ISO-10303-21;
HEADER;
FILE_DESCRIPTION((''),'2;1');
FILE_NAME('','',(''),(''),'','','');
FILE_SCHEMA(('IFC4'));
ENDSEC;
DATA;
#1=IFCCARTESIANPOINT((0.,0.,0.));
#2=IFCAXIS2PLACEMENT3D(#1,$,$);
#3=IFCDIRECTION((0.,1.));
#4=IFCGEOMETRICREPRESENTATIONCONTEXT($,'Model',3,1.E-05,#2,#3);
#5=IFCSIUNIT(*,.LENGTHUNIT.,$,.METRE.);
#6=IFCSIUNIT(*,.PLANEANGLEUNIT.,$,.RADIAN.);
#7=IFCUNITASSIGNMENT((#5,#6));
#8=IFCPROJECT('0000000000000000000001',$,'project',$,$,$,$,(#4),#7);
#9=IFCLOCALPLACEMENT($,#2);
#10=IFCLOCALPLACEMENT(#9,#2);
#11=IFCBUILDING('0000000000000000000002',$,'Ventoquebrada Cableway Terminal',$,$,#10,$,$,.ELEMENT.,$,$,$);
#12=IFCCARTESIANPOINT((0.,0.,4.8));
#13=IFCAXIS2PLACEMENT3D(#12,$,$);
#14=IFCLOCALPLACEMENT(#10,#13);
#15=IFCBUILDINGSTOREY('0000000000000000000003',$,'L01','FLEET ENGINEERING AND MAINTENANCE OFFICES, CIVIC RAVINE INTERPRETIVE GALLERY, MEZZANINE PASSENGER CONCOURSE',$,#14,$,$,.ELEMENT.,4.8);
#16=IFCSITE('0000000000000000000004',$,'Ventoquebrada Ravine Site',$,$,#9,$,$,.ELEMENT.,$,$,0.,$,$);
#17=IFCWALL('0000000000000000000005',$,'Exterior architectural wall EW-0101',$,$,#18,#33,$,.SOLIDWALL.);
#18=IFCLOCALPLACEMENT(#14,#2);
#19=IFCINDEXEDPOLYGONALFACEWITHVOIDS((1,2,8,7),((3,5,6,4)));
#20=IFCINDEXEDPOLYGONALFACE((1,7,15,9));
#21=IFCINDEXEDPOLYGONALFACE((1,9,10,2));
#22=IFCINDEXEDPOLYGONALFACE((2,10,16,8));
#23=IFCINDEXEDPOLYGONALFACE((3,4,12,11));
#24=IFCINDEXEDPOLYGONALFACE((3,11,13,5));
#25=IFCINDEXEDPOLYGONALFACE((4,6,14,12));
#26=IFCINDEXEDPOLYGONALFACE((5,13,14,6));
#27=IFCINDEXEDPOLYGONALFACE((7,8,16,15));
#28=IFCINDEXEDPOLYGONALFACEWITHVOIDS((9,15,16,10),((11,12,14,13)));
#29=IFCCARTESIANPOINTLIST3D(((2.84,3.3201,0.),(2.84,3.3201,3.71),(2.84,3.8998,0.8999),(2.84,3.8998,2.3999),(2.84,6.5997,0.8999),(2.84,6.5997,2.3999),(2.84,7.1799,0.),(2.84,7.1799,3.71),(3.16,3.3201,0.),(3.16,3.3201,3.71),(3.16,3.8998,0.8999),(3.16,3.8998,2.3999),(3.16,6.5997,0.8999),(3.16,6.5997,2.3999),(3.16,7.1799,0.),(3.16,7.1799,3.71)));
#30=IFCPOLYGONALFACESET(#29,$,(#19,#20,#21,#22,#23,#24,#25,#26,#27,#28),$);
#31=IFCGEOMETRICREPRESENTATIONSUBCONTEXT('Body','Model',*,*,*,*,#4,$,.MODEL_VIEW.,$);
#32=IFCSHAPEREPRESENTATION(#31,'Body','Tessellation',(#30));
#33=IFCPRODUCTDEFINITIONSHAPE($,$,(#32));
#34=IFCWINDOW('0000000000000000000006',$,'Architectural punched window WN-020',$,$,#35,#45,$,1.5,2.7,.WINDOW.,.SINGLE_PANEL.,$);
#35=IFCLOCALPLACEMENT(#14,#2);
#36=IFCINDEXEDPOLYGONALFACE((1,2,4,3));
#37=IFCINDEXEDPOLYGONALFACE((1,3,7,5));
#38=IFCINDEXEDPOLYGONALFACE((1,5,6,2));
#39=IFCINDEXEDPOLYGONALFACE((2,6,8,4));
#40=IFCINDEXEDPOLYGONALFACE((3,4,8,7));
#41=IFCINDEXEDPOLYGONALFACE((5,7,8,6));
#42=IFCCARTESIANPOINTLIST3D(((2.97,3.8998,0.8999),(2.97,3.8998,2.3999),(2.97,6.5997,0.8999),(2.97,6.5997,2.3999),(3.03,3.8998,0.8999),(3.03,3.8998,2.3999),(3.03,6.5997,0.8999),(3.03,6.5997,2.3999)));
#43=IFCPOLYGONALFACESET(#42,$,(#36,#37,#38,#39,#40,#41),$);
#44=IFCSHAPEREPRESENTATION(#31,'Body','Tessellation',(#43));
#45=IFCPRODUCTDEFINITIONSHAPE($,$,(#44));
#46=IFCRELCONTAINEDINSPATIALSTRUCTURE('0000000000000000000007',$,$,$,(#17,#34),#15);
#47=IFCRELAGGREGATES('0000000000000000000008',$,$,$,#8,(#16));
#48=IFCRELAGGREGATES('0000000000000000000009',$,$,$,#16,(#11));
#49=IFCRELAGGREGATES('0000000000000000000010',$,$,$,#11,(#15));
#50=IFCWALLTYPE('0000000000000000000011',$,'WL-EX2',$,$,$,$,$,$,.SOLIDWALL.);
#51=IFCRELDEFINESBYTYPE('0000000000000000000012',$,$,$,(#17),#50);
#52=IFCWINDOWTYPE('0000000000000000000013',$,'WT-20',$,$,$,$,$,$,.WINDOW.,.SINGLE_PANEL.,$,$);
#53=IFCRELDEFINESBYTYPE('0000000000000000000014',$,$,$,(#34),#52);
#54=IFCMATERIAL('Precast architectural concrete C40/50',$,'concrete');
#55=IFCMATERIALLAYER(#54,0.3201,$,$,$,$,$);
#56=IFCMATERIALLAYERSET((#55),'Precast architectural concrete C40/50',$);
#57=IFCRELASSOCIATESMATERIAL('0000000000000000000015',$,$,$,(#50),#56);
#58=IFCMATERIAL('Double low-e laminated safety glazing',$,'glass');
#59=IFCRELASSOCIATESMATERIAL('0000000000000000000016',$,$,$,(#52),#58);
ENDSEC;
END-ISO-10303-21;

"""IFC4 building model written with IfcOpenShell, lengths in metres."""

from ifc_helpers import new_model, si_unit, direction, frame, frame_2d, origin, place, context, subcontext, project, spatial, rectangle, extrude, material, layer, layer_set, type_object, element, fill, save


model = new_model("IFC4")

# Units and contexts
model_context = context("Model", 3, precision=1e-05, world=origin(), true_north=direction((0.0, 1.0)))
body_context = subcontext(model_context, "Body", "Model", "MODEL_VIEW")
ifc_project = project(units=[si_unit("LENGTHUNIT", "METRE"), si_unit("PLANEANGLEUNIT", "RADIAN")], contexts=[model_context])

# Site, building, storey
site_placement = place(None, origin())
site = spatial("IfcSite", under=ifc_project, at=site_placement, Name="Ventoquebrada Ravine Site", CompositionType="ELEMENT", RefElevation=0.0)
building_placement = place(site_placement, origin())
building = spatial("IfcBuilding", under=site, at=building_placement, Name="Ventoquebrada Cableway Terminal", CompositionType="ELEMENT")
storey_placement = place(building_placement, frame((0.0, 0.0, 4.8)))
storey = spatial("IfcBuildingStorey", under=building, at=storey_placement, Name="L01", Description="FLEET ENGINEERING AND MAINTENANCE OFFICES, CIVIC RAVINE INTERPRETIVE GALLERY, MEZZANINE PASSENGER CONCOURSE", CompositionType="ELEMENT", Elevation=4.8)

# Shared definitions
ifc_material_1 = material(Name="Double low-e laminated safety glazing", Category="glass")

# Wall, opening, window
ifc_material_2 = material(Name="Precast architectural concrete C40/50", Category="concrete")
ifc_layer_1 = layer(ifc_material_2, 0.3201)
ifc_layer_set_1 = layer_set([ifc_layer_1], Name="Precast architectural concrete C40/50")
wall_type = type_object("IfcWallType", Name="WL-EX2", PredefinedType="SOLIDWALL", material=ifc_layer_set_1)
wall_placement = place(storey_placement, frame((3.0, 7.1799, 0.0), z_axis=(0.0, 0.0, 1.0), x_axis=(0.0, -1.0, 0.0)))
wall = element("IfcWall", 1, at=wall_placement, inside=storey, type_object=wall_type, Name="Exterior architectural wall EW-0101", PredefinedType="SOLIDWALL", context=body_context, shape_type="SweptSolid", body=[
    extrude(rectangle(XDim=3.8599, YDim=0.3201, at=frame_2d((1.9299, 0.0))), origin(), (0.0, 0.0, 1.0), 3.71),
])
opening_placement = place(wall_placement, frame((0.5801, 0.0, 0.8999)))
opening = element("IfcOpeningElement", 2, at=opening_placement, cuts=wall, PredefinedType="OPENING", context=body_context, shape_type="SweptSolid", body=[
    extrude(rectangle(XDim=2.7, YDim=1.5, at=frame_2d((1.3501, 0.75))), frame((0.0, 0.1699, 0.0), z_axis=(0.0, -1.0, 0.0), x_axis=(1.0, 0.0, 0.0)), (0.0, 0.0, 1.0), 0.3401),
])
window_type = type_object("IfcWindowType", Name="WT-20", PartitioningType="SINGLE_PANEL", PredefinedType="WINDOW", material=ifc_material_1)
window_placement = place(opening_placement, origin())
window = element("IfcWindow", 3, at=window_placement, inside=storey, type_object=window_type, Name="Architectural punched window WN-020", OverallHeight=1.5, OverallWidth=2.7, PartitioningType="SINGLE_PANEL", PredefinedType="WINDOW", context=body_context, shape_type="SweptSolid", body=[
    extrude(rectangle(XDim=2.7, YDim=1.5, at=frame_2d((1.3501, 0.75))), frame((0.0, 0.03, 0.0), z_axis=(0.0, -1.0, 0.0), x_axis=(1.0, 0.0, 0.0)), (0.0, 0.0, 1.0), 0.0601),
])
fill(opening, window)

save(model, "model.ifc")
